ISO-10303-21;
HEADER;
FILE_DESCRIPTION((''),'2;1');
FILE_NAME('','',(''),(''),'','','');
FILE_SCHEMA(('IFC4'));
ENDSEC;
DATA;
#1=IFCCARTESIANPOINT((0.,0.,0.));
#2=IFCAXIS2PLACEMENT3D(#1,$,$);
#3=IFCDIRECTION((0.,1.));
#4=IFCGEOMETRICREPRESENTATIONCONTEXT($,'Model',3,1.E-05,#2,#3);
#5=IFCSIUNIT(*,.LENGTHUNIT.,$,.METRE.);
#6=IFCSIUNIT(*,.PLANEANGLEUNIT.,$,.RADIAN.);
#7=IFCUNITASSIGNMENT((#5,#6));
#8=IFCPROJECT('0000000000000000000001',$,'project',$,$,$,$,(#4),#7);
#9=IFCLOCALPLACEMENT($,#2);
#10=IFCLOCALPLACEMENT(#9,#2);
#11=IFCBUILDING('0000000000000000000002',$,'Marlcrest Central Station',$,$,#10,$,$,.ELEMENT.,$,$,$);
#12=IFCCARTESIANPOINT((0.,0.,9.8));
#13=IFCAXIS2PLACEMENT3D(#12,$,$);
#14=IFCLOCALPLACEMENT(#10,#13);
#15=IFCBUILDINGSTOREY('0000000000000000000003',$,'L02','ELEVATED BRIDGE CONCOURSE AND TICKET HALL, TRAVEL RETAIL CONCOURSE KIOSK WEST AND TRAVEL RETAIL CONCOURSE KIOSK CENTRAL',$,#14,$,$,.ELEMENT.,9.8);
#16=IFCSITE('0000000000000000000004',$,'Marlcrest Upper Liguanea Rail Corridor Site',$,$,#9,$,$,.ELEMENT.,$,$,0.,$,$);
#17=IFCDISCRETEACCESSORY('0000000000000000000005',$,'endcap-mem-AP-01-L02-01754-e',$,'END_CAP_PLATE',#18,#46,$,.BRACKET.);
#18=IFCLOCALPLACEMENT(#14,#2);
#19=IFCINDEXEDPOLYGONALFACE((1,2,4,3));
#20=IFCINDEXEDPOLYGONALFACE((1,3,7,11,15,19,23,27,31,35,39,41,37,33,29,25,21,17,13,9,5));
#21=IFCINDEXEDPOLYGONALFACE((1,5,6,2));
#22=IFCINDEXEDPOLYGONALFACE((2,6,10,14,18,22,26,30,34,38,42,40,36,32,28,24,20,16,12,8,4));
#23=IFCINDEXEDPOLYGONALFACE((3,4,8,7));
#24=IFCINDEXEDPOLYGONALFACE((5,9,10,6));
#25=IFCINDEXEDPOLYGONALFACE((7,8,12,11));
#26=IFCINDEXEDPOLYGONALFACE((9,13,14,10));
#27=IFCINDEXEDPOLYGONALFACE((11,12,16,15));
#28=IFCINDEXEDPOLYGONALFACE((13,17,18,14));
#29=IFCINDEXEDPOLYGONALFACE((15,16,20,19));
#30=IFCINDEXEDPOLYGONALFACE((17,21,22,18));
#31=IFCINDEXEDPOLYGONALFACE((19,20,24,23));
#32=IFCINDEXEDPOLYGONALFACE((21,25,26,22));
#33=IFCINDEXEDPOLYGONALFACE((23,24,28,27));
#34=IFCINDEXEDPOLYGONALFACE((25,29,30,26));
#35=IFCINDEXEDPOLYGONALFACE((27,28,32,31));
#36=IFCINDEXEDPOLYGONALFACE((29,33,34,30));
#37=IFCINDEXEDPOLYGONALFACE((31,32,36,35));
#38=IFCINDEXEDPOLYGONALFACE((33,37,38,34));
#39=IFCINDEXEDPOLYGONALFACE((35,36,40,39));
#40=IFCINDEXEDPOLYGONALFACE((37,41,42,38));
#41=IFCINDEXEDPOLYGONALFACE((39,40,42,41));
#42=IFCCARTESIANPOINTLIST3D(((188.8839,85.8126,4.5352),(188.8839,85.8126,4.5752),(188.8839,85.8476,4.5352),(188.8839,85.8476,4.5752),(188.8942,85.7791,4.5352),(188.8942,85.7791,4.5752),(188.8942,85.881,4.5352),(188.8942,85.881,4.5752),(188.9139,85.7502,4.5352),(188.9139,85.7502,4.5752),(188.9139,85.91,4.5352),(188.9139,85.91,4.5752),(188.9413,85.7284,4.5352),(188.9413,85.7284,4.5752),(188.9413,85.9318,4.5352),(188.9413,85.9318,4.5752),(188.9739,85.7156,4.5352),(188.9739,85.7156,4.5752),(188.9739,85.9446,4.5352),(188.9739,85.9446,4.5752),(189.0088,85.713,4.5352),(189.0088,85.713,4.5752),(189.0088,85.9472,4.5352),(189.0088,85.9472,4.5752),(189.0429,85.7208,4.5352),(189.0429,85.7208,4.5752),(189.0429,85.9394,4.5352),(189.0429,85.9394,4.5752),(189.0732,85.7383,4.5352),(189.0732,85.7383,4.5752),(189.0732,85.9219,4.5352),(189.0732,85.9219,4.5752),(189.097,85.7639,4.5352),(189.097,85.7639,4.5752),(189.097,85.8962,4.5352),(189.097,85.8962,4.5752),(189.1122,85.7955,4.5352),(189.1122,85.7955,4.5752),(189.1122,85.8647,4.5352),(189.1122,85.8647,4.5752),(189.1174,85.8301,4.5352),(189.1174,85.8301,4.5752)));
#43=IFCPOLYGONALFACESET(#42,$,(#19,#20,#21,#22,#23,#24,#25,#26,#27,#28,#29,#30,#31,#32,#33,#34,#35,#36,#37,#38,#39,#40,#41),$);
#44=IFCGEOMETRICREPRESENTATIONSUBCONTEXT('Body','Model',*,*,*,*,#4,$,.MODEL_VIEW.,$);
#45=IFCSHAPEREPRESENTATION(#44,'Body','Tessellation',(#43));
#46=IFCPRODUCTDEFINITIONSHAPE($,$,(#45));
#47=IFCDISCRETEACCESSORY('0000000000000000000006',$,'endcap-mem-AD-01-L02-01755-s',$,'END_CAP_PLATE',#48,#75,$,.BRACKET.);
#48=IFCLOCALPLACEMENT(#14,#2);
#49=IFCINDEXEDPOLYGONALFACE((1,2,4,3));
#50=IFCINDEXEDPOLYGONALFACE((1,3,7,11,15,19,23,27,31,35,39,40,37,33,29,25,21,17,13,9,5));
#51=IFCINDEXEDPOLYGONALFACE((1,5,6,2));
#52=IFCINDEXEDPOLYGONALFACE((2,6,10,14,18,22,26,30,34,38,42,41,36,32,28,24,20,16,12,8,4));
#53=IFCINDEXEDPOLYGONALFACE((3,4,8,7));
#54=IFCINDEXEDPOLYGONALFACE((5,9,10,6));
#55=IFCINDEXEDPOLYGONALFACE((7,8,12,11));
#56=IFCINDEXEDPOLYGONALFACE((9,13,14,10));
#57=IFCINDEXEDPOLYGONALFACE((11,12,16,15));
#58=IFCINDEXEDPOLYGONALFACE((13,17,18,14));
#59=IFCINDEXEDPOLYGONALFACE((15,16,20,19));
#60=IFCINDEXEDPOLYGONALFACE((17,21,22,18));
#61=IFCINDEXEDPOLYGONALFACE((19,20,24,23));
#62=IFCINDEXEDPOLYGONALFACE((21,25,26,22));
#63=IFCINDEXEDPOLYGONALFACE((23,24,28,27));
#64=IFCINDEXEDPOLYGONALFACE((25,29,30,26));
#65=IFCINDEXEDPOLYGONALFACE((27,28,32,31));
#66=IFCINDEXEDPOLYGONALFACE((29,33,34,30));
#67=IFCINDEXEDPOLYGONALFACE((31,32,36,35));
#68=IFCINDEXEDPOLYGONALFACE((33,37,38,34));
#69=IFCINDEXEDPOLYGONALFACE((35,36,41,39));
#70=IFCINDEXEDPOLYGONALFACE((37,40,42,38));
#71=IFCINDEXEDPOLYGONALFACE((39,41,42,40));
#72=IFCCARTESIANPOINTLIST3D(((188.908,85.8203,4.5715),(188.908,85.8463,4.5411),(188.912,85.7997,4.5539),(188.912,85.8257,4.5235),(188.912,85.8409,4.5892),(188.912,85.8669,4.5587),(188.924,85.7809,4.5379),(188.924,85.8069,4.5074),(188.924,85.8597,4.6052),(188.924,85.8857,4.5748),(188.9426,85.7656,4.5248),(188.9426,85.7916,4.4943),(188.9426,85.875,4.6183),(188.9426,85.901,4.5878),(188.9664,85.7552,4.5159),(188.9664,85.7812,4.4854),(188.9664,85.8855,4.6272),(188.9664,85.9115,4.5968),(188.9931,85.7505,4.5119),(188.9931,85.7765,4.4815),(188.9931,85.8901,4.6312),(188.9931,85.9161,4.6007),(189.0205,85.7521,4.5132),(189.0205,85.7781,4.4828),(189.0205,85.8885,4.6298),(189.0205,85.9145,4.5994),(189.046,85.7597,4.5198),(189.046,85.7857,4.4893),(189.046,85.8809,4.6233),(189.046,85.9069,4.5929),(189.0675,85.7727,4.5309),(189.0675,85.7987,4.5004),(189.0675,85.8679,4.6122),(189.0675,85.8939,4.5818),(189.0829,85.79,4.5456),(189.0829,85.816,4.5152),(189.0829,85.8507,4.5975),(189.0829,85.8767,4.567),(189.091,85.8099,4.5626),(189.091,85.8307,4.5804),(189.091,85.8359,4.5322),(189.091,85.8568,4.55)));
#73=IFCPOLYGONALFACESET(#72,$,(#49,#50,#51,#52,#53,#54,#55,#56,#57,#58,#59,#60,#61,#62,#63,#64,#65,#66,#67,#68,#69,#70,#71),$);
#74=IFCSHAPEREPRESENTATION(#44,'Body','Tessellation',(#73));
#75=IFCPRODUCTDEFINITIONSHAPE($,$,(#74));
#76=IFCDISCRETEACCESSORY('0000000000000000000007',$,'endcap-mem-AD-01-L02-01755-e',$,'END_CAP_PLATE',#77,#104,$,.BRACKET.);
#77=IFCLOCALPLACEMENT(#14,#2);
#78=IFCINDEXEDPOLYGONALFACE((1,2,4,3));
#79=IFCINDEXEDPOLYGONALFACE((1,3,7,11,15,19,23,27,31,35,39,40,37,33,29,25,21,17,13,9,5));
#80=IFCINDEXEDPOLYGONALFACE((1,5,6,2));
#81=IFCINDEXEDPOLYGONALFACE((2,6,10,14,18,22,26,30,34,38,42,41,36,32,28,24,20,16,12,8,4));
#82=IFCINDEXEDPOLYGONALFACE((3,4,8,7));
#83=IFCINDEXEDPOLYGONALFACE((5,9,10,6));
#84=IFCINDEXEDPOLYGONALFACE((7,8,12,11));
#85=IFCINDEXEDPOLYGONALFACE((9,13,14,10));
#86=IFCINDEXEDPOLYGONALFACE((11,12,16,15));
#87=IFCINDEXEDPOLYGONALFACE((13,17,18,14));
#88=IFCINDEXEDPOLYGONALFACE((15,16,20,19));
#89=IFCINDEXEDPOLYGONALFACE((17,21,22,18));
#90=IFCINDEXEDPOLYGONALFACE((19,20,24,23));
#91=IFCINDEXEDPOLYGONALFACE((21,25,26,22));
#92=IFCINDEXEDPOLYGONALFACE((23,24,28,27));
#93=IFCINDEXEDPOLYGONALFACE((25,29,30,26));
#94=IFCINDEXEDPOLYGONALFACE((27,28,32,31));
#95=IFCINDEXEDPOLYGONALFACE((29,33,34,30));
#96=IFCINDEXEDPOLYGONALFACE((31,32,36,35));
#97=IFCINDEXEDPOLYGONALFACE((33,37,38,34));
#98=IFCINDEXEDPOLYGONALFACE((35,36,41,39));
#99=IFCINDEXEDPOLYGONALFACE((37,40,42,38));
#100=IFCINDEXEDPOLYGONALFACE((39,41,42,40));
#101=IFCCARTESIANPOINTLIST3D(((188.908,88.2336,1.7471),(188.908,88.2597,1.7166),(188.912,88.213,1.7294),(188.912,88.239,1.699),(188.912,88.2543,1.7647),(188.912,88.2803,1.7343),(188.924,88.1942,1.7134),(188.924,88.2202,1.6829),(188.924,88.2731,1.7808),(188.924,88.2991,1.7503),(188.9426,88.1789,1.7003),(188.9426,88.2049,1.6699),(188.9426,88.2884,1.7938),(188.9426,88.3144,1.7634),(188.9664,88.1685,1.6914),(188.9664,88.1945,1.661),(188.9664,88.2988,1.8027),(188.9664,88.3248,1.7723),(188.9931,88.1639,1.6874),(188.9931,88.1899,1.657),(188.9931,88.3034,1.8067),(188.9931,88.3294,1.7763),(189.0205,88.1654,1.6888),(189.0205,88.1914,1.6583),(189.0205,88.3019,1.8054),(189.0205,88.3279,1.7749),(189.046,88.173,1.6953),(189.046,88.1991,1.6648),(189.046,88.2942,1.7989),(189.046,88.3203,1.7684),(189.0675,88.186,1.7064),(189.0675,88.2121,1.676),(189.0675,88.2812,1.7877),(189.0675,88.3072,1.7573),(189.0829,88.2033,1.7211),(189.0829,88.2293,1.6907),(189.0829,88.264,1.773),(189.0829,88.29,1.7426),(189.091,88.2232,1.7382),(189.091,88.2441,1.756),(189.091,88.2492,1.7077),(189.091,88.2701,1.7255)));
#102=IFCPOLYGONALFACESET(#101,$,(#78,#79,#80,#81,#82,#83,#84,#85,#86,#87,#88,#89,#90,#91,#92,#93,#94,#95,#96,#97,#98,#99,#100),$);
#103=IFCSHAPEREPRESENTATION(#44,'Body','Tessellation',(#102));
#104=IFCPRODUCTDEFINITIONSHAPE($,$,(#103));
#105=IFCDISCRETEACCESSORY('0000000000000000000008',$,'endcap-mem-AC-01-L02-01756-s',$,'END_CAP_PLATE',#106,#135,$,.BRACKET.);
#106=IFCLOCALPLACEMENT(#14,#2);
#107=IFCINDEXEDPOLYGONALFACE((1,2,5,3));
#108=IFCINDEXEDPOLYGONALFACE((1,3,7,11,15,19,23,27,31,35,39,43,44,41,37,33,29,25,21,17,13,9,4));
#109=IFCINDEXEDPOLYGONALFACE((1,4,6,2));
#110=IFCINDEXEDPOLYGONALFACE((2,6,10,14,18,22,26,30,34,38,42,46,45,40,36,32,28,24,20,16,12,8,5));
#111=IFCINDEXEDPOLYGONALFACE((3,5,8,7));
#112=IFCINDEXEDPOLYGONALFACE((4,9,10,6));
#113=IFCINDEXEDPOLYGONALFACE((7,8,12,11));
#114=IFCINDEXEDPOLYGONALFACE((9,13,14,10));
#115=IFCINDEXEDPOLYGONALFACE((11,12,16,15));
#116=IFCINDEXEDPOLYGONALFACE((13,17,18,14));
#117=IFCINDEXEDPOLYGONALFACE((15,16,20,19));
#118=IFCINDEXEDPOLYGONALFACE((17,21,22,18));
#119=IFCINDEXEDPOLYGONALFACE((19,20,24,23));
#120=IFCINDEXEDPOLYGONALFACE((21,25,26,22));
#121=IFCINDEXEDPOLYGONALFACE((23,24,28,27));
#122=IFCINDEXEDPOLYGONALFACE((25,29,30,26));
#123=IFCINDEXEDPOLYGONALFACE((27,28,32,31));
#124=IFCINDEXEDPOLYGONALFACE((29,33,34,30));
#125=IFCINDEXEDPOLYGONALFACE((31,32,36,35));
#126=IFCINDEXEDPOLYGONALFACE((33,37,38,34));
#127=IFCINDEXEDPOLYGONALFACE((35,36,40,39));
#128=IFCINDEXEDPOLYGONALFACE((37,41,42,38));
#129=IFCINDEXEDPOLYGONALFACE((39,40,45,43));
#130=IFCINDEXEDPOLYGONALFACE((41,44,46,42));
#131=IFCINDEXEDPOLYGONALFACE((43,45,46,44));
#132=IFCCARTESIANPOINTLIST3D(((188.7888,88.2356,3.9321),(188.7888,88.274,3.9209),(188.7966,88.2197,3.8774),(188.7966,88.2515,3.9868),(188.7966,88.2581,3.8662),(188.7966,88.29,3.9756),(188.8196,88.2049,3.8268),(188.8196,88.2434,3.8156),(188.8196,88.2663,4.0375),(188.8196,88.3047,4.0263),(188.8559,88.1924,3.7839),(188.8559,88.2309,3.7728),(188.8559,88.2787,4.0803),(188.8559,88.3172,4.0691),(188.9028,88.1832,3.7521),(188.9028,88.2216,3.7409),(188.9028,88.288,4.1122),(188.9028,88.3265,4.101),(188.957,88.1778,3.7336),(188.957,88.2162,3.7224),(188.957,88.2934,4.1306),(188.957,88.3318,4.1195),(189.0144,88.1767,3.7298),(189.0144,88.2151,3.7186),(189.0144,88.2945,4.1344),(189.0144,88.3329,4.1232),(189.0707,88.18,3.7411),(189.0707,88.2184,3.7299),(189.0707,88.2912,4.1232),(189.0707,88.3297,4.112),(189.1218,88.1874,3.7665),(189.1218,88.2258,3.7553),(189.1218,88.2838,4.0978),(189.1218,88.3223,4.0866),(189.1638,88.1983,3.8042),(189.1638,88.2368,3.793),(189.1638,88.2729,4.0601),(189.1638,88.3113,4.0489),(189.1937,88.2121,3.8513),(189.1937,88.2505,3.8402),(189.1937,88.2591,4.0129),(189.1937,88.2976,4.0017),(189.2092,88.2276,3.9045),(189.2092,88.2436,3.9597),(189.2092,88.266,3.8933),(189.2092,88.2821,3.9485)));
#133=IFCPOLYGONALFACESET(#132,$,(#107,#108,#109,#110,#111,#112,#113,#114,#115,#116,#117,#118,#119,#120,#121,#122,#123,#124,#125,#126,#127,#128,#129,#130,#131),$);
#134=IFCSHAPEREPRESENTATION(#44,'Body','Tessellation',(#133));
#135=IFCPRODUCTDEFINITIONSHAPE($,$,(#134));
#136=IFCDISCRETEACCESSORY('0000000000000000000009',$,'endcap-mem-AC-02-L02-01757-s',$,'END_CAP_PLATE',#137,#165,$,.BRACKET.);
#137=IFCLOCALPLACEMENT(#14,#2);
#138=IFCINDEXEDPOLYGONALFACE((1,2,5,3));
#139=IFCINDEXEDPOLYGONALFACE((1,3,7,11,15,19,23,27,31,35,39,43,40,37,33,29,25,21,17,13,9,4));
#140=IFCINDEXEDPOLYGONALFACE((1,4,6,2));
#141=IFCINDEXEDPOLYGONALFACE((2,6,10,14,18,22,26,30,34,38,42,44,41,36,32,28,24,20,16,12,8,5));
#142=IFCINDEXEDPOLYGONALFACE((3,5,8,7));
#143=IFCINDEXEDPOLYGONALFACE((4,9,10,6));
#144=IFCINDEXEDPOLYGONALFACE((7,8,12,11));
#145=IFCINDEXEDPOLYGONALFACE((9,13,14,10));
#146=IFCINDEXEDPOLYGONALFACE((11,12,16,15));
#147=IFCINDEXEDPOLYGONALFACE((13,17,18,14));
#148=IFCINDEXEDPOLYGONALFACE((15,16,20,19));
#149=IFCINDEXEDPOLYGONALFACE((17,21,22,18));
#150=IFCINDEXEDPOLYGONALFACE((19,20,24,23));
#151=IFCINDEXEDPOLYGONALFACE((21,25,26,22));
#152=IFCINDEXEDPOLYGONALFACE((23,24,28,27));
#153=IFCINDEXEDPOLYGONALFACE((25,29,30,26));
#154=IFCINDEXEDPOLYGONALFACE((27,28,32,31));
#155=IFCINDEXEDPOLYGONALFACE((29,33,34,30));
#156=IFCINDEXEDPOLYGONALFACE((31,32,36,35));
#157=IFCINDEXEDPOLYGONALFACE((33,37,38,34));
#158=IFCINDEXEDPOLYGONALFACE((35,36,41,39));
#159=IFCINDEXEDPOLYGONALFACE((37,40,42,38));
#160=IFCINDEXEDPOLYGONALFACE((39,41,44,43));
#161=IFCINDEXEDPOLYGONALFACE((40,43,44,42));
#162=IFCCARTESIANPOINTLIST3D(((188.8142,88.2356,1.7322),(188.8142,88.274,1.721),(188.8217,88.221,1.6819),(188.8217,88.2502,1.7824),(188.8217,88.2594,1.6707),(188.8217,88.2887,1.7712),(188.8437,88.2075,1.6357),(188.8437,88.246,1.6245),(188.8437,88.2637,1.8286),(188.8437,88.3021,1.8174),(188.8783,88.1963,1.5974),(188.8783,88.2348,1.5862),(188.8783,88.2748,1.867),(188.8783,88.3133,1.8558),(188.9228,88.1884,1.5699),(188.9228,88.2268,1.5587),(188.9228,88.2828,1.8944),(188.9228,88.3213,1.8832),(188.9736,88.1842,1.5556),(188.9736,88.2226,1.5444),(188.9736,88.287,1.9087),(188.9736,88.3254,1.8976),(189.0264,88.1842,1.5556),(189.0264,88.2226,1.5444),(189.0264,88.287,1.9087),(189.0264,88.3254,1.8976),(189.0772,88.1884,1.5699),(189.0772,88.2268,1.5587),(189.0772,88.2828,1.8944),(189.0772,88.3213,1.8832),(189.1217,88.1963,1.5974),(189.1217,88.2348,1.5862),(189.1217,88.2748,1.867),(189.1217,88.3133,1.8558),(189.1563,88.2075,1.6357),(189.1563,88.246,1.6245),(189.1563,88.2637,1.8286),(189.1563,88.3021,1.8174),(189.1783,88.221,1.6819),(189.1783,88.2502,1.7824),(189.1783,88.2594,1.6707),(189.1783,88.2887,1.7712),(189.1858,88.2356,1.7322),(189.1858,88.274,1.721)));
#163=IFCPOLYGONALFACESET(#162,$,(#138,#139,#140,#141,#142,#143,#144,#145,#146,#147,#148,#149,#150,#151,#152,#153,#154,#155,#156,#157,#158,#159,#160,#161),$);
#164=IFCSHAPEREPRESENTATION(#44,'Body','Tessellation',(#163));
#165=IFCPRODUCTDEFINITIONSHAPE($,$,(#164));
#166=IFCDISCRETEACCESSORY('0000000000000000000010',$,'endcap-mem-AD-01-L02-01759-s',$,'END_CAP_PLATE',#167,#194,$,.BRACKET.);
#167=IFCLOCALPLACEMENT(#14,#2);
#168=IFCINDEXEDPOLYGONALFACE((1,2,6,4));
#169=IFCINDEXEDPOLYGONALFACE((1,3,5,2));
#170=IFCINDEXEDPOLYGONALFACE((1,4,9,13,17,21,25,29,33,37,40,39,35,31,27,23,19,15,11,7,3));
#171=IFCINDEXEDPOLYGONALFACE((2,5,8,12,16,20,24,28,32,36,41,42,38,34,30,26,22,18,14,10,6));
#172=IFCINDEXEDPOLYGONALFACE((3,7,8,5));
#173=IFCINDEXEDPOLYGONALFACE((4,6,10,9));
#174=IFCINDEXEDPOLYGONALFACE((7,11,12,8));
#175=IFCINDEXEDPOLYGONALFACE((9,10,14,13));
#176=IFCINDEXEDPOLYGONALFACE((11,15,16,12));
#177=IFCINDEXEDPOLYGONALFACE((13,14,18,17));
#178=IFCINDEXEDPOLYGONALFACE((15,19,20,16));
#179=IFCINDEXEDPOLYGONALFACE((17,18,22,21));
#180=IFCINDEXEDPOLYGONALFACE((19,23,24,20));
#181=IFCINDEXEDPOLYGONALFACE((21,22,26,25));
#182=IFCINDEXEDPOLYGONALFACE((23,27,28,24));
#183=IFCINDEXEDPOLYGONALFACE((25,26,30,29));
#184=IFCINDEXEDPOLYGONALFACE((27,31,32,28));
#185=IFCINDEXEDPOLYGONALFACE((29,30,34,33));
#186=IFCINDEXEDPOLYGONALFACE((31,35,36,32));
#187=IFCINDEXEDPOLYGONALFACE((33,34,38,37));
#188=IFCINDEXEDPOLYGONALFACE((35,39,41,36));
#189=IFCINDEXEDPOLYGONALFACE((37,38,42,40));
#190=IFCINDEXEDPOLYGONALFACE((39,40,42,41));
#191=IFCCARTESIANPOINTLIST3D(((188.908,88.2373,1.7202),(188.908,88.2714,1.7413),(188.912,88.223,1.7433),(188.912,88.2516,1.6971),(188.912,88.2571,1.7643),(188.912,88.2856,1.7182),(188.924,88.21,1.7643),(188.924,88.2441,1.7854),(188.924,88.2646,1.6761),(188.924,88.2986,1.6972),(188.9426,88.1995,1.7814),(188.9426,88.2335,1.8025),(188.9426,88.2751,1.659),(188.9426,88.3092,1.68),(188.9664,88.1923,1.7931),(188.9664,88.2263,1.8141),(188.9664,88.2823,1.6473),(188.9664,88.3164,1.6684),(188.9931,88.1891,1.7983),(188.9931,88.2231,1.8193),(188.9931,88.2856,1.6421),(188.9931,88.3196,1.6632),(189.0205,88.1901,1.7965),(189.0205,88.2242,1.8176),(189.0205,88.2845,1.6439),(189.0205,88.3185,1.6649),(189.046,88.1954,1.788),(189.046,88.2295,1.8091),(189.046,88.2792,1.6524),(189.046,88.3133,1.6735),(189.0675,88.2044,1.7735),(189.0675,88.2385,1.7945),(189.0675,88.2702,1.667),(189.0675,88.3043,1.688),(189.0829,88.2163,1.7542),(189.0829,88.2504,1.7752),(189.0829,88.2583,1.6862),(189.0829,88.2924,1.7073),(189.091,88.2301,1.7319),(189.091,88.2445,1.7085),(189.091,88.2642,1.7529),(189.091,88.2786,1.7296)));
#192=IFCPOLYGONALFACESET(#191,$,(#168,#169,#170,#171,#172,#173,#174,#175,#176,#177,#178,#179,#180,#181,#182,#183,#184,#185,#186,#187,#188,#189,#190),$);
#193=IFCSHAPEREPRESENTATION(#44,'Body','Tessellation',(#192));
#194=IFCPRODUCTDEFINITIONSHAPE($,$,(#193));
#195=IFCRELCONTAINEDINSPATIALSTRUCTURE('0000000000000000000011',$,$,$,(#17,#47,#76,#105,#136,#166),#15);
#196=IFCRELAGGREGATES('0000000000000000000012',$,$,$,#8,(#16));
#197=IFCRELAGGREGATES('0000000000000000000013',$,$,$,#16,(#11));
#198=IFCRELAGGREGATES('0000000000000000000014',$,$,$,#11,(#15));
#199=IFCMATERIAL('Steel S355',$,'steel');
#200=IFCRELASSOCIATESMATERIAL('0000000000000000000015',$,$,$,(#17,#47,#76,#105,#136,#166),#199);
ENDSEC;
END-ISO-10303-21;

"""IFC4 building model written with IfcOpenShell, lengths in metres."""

from ifc_helpers import new_model, si_unit, direction, frame, origin, origin_2d, place, context, subcontext, project, spatial, circle, extrude, material, element, save


model = new_model("IFC4")

# Units and contexts
model_context = context("Model", 3, precision=1e-05, world=origin(), true_north=direction((0.0, 1.0)))
body_context = subcontext(model_context, "Body", "Model", "MODEL_VIEW")
ifc_project = project(units=[si_unit("LENGTHUNIT", "METRE"), si_unit("PLANEANGLEUNIT", "RADIAN")], contexts=[model_context])

# Site, building, storey
site_placement = place(None, origin())
site = spatial("IfcSite", under=ifc_project, at=site_placement, Name="Marlcrest Upper Liguanea Rail Corridor Site", CompositionType="ELEMENT", RefElevation=0.0)
building_placement = place(site_placement, origin())
building = spatial("IfcBuilding", under=site, at=building_placement, Name="Marlcrest Central Station", CompositionType="ELEMENT")
storey_placement = place(building_placement, frame((0.0, 0.0, 9.8)))
storey = spatial("IfcBuildingStorey", under=building, at=storey_placement, Name="L02", Description="ELEVATED BRIDGE CONCOURSE AND TICKET HALL, TRAVEL RETAIL CONCOURSE KIOSK WEST AND TRAVEL RETAIL CONCOURSE KIOSK CENTRAL", CompositionType="ELEMENT", Elevation=9.8)

# Shared definitions
ifc_material_1 = material(Name="Steel S355", Category="steel")

# Discrete accessories
for number, where, z_axis, x_axis, name in (
    (1, (189.0, 85.8301, 4.5352), (0.0, 0.0, 1.0), (1.0, 0.0, 0.0), "endcap-mem-AP-01-L02-01754-e"),
):
    element("IfcDiscreteAccessory", number, at=place(storey_placement, frame(where, z_axis=z_axis, x_axis=x_axis)), inside=storey, material=ifc_material_1, Name=name, ObjectType="END_CAP_PLATE", PredefinedType="BRACKET", context=body_context, shape_type="SweptSolid", body=[
        extrude(circle(Radius=0.1174, at=origin_2d()), origin(), (0.0, 0.0, 1.0), 0.04),
    ])
for number, where, z_axis, x_axis, name in (
    (2, (189.0, 85.8203, 4.5715), (0.0, 0.649625, -0.760255), (-1.0, 0.0, 0.0), "endcap-mem-AD-01-L02-01755-s"),
    (3, (189.0, 88.2336, 1.7471), (0.0, 0.649625, -0.760255), (-1.0, 0.0, 0.0), "endcap-mem-AD-01-L02-01755-e"),
):
    element("IfcDiscreteAccessory", number, at=place(storey_placement, frame(where, z_axis=z_axis, x_axis=x_axis)), inside=storey, material=ifc_material_1, Name=name, ObjectType="END_CAP_PLATE", PredefinedType="BRACKET", context=body_context, shape_type="SweptSolid", body=[
        extrude(circle(Radius=0.092, at=origin_2d()), origin(), (0.0, 0.0, 1.0), 0.04),
    ])
discrete_accessory_1_placement = place(storey_placement, frame((189.0, 88.2356, 3.9321), z_axis=(0.0, 0.96013, -0.279554), x_axis=(-1.0, 0.0, 0.0)))
element("IfcDiscreteAccessory", 4, at=discrete_accessory_1_placement, inside=storey, material=ifc_material_1, Name="endcap-mem-AC-01-L02-01756-s", ObjectType="END_CAP_PLATE", PredefinedType="BRACKET", context=body_context, shape_type="SweptSolid", body=[
    extrude(circle(Radius=0.2112, at=origin_2d()), origin(), (0.0, 0.0, 1.0), 0.04),
])
discrete_accessory_2_placement = place(storey_placement, frame((189.0, 88.2356, 1.7322), z_axis=(0.0, 0.96013, -0.279554), x_axis=(-1.0, 0.0, 0.0)))
element("IfcDiscreteAccessory", 5, at=discrete_accessory_2_placement, inside=storey, material=ifc_material_1, Name="endcap-mem-AC-02-L02-01757-s", ObjectType="END_CAP_PLATE", PredefinedType="BRACKET", context=body_context, shape_type="SweptSolid", body=[
    extrude(circle(Radius=0.1858, at=origin_2d()), origin(), (0.0, 0.0, 1.0), 0.04),
])
discrete_accessory_3_placement = place(storey_placement, frame((189.0, 88.2373, 1.7202), z_axis=(0.0, 0.850687, 0.525672), x_axis=(-1.0, 0.0, 0.0)))
element("IfcDiscreteAccessory", 6, at=discrete_accessory_3_placement, inside=storey, material=ifc_material_1, Name="endcap-mem-AD-01-L02-01759-s", ObjectType="END_CAP_PLATE", PredefinedType="BRACKET", context=body_context, shape_type="SweptSolid", body=[
    extrude(circle(Radius=0.092, at=origin_2d()), origin(), (0.0, 0.0, 1.0), 0.04),
])

save(model, "model.ifc")
